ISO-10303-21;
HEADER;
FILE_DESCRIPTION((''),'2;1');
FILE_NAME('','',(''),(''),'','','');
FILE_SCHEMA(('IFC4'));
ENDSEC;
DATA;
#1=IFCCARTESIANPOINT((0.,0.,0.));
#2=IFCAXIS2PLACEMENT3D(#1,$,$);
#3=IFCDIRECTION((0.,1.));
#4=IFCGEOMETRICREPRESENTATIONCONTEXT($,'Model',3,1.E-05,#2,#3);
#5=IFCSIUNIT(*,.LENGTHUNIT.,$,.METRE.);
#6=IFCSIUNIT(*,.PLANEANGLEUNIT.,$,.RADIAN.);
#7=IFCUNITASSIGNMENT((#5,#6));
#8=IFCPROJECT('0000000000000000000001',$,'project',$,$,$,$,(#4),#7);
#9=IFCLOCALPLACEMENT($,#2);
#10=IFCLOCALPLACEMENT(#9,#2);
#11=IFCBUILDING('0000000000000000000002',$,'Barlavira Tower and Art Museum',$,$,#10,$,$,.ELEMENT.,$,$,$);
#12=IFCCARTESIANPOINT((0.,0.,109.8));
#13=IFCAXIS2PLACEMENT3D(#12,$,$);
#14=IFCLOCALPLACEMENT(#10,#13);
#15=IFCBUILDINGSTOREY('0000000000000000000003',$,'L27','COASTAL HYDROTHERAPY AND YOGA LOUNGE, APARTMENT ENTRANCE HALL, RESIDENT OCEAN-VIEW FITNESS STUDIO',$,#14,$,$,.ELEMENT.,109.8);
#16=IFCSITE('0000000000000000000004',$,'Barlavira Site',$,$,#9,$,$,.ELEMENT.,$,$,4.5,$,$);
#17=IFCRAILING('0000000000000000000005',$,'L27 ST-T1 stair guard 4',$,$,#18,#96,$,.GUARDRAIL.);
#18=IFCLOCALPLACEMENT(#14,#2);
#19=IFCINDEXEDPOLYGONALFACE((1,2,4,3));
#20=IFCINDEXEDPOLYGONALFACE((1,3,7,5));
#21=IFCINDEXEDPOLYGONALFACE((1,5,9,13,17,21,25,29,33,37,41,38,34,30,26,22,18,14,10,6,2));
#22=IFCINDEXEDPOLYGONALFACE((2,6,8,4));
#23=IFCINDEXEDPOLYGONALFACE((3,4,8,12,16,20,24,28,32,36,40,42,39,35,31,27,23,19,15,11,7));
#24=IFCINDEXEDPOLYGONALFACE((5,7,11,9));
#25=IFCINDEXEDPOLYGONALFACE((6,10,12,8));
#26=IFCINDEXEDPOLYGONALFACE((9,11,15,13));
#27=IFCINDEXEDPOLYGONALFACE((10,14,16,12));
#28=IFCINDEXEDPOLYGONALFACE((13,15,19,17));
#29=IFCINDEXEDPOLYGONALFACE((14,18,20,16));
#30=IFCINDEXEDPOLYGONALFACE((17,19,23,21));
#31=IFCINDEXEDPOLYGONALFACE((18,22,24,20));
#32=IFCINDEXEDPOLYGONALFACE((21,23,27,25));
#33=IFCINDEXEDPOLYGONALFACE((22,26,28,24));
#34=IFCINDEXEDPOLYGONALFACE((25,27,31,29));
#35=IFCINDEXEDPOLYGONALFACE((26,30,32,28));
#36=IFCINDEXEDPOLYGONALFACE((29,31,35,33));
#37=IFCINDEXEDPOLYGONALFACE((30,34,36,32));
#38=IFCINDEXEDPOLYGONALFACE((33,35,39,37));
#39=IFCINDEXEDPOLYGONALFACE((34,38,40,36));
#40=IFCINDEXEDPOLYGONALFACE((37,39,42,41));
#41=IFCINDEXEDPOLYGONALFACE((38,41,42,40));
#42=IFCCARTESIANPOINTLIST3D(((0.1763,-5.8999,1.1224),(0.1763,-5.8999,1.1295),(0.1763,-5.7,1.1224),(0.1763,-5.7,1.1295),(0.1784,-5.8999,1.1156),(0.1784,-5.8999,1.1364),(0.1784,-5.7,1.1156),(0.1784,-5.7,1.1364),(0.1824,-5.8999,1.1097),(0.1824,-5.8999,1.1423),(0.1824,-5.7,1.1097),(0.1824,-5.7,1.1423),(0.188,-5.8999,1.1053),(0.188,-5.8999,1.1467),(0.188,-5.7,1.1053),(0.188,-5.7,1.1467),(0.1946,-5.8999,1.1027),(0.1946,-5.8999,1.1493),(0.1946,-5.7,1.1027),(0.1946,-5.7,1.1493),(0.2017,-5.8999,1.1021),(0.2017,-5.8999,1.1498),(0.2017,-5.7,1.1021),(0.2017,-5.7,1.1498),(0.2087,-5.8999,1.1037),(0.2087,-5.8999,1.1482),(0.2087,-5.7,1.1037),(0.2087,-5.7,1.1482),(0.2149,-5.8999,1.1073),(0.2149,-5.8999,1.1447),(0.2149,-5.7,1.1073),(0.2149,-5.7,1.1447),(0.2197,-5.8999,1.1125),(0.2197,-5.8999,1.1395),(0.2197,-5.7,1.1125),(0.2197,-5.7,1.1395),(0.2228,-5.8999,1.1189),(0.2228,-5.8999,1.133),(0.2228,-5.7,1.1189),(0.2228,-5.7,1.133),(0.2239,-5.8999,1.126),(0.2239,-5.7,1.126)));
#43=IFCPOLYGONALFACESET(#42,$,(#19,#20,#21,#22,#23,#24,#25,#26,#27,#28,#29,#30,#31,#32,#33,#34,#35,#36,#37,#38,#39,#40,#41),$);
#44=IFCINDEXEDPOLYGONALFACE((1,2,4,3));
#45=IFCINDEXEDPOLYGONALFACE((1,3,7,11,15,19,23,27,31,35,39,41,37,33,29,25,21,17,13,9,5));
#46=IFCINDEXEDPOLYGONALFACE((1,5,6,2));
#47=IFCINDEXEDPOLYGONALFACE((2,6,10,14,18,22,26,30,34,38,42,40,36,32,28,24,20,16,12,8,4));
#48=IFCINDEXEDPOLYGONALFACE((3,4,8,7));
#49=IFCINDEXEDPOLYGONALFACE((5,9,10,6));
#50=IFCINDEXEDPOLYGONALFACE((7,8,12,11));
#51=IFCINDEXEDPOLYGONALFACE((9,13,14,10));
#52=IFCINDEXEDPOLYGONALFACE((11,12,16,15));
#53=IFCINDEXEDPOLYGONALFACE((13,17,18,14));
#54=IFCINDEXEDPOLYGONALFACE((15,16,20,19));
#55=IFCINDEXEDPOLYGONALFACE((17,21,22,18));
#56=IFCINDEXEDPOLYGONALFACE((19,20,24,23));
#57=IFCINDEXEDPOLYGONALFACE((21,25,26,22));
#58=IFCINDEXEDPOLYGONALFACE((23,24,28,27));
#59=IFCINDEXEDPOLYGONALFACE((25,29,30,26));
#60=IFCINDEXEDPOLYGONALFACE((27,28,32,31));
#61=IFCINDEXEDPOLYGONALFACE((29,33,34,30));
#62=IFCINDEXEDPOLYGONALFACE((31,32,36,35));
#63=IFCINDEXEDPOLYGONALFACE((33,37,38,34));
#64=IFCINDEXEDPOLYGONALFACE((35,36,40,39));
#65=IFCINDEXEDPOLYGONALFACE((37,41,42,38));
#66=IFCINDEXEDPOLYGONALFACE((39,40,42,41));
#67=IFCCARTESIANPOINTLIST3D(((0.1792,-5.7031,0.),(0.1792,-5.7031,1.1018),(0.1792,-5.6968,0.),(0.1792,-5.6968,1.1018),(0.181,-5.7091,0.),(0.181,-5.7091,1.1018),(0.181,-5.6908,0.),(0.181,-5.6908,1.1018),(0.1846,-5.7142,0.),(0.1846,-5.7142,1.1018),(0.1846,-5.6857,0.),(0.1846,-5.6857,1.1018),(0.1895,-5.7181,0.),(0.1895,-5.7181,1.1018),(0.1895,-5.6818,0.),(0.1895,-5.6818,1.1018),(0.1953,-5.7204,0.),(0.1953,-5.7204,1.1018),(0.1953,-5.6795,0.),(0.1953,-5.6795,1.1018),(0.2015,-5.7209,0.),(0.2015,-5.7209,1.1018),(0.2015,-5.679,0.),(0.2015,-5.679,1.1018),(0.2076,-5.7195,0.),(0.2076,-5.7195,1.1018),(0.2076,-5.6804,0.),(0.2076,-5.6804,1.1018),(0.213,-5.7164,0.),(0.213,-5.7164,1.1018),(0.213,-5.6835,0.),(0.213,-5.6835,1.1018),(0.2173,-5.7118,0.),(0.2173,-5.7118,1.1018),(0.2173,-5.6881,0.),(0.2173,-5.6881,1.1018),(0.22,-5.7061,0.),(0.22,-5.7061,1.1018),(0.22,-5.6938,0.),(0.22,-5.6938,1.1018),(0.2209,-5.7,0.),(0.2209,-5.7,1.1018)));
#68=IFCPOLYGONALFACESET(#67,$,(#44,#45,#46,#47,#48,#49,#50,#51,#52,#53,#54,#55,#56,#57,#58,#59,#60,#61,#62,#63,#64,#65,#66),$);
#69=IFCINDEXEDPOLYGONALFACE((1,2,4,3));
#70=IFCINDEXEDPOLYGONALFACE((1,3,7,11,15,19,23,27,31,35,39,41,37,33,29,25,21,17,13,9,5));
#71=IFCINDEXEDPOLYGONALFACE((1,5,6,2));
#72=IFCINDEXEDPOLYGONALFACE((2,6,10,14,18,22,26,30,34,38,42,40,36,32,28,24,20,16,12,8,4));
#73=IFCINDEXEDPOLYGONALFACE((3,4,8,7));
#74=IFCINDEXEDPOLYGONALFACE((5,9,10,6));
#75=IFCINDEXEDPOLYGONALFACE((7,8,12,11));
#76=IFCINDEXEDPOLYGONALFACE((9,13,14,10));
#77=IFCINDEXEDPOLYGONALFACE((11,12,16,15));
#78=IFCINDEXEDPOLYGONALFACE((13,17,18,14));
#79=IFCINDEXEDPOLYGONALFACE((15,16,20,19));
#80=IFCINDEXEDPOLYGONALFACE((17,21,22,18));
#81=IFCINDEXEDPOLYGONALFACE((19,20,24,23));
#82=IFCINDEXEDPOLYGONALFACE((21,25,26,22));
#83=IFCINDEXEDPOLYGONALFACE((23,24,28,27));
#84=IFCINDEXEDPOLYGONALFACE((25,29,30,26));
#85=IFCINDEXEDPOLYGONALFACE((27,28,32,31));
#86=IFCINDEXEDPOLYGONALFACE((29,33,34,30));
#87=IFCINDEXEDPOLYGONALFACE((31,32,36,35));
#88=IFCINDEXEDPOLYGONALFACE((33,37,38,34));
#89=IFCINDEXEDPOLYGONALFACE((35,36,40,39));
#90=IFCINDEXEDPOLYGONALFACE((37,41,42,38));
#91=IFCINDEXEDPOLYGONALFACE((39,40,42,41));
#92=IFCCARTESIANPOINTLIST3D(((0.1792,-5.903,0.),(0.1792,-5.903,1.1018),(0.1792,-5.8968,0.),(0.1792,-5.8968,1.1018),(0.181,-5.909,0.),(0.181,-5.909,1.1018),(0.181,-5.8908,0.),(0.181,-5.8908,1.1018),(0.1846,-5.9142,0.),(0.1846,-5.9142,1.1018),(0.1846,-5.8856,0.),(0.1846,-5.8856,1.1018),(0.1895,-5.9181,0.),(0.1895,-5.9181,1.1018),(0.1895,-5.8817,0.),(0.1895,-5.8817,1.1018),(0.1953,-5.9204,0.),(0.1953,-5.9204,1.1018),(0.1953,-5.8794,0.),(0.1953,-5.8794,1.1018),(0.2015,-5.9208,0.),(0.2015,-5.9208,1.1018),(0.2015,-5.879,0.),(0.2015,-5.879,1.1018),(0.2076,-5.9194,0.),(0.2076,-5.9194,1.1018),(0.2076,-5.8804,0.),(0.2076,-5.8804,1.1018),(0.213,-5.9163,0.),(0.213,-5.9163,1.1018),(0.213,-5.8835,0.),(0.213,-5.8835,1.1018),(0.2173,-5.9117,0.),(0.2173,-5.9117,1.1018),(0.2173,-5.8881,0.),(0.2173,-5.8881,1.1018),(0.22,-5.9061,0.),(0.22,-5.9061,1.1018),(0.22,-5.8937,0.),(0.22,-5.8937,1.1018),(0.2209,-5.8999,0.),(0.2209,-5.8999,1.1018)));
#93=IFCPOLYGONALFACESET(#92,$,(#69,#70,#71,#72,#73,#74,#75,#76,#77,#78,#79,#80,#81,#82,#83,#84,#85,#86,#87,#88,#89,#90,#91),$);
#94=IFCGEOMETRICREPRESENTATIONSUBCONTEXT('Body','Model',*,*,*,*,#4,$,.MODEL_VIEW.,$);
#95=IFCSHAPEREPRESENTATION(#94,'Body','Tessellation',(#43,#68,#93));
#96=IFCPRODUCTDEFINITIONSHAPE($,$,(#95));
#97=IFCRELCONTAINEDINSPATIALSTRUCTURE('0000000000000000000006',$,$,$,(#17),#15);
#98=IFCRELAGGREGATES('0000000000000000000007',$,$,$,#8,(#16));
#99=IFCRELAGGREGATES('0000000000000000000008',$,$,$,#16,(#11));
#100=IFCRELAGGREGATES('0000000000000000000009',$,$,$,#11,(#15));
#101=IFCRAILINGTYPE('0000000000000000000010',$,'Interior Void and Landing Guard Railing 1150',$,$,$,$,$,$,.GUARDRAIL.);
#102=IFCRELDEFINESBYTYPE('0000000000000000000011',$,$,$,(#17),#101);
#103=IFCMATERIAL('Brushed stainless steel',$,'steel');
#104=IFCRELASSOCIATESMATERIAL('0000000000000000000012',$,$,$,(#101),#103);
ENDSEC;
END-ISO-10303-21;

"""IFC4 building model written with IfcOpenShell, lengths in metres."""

from ifc_helpers import new_model, si_unit, direction, frame, origin, origin_2d, place, context, subcontext, project, spatial, circle, extrude, material, type_object, element, save


model = new_model("IFC4")

# Units and contexts
model_context = context("Model", 3, precision=1e-05, world=origin(), true_north=direction((0.0, 1.0)))
body_context = subcontext(model_context, "Body", "Model", "MODEL_VIEW")
ifc_project = project(units=[si_unit("LENGTHUNIT", "METRE"), si_unit("PLANEANGLEUNIT", "RADIAN")], contexts=[model_context])

# Site, building, storey
site_placement = place(None, origin())
site = spatial("IfcSite", under=ifc_project, at=site_placement, Name="Barlavira Site", CompositionType="ELEMENT", RefElevation=4.5)
building_placement = place(site_placement, origin())
building = spatial("IfcBuilding", under=site, at=building_placement, Name="Barlavira Tower and Art Museum", CompositionType="ELEMENT")
storey_placement = place(building_placement, frame((0.0, 0.0, 109.8)))
storey = spatial("IfcBuildingStorey", under=building, at=storey_placement, Name="L27", Description="COASTAL HYDROTHERAPY AND YOGA LOUNGE, APARTMENT ENTRANCE HALL, RESIDENT OCEAN-VIEW FITNESS STUDIO", CompositionType="ELEMENT", Elevation=109.8)

# Shared definitions
ifc_material_1 = material(Name="Brushed stainless steel", Category="steel")

# Railing
railing_type_1 = type_object("IfcRailingType", Name="Interior Void and Landing Guard Railing 1150", PredefinedType="GUARDRAIL", material=ifc_material_1)
railing_1_placement = place(storey_placement, frame((0.2, -5.7, 0.0)))
element("IfcRailing", 1, at=railing_1_placement, inside=storey, type_object=railing_type_1, Name="L27 ST-T1 stair guard 4", PredefinedType="GUARDRAIL", context=body_context, shape_type="SweptSolid", body=[
    extrude(circle(Radius=0.0239, at=origin_2d()), frame((0.0, 0.0, 1.126), z_axis=(0.0, -1.0, 0.0), x_axis=(1.0, 0.0, 0.0)), (0.0, 0.0, 1.0), 0.2),
    extrude(circle(Radius=0.021, at=origin_2d()), origin(), (0.0, 0.0, 1.0), 1.1018),
    extrude(circle(Radius=0.021, at=origin_2d()), frame((0.0, -0.2, 0.0)), (0.0, 0.0, 1.0), 1.1018),
])

save(model, "model.ifc")
